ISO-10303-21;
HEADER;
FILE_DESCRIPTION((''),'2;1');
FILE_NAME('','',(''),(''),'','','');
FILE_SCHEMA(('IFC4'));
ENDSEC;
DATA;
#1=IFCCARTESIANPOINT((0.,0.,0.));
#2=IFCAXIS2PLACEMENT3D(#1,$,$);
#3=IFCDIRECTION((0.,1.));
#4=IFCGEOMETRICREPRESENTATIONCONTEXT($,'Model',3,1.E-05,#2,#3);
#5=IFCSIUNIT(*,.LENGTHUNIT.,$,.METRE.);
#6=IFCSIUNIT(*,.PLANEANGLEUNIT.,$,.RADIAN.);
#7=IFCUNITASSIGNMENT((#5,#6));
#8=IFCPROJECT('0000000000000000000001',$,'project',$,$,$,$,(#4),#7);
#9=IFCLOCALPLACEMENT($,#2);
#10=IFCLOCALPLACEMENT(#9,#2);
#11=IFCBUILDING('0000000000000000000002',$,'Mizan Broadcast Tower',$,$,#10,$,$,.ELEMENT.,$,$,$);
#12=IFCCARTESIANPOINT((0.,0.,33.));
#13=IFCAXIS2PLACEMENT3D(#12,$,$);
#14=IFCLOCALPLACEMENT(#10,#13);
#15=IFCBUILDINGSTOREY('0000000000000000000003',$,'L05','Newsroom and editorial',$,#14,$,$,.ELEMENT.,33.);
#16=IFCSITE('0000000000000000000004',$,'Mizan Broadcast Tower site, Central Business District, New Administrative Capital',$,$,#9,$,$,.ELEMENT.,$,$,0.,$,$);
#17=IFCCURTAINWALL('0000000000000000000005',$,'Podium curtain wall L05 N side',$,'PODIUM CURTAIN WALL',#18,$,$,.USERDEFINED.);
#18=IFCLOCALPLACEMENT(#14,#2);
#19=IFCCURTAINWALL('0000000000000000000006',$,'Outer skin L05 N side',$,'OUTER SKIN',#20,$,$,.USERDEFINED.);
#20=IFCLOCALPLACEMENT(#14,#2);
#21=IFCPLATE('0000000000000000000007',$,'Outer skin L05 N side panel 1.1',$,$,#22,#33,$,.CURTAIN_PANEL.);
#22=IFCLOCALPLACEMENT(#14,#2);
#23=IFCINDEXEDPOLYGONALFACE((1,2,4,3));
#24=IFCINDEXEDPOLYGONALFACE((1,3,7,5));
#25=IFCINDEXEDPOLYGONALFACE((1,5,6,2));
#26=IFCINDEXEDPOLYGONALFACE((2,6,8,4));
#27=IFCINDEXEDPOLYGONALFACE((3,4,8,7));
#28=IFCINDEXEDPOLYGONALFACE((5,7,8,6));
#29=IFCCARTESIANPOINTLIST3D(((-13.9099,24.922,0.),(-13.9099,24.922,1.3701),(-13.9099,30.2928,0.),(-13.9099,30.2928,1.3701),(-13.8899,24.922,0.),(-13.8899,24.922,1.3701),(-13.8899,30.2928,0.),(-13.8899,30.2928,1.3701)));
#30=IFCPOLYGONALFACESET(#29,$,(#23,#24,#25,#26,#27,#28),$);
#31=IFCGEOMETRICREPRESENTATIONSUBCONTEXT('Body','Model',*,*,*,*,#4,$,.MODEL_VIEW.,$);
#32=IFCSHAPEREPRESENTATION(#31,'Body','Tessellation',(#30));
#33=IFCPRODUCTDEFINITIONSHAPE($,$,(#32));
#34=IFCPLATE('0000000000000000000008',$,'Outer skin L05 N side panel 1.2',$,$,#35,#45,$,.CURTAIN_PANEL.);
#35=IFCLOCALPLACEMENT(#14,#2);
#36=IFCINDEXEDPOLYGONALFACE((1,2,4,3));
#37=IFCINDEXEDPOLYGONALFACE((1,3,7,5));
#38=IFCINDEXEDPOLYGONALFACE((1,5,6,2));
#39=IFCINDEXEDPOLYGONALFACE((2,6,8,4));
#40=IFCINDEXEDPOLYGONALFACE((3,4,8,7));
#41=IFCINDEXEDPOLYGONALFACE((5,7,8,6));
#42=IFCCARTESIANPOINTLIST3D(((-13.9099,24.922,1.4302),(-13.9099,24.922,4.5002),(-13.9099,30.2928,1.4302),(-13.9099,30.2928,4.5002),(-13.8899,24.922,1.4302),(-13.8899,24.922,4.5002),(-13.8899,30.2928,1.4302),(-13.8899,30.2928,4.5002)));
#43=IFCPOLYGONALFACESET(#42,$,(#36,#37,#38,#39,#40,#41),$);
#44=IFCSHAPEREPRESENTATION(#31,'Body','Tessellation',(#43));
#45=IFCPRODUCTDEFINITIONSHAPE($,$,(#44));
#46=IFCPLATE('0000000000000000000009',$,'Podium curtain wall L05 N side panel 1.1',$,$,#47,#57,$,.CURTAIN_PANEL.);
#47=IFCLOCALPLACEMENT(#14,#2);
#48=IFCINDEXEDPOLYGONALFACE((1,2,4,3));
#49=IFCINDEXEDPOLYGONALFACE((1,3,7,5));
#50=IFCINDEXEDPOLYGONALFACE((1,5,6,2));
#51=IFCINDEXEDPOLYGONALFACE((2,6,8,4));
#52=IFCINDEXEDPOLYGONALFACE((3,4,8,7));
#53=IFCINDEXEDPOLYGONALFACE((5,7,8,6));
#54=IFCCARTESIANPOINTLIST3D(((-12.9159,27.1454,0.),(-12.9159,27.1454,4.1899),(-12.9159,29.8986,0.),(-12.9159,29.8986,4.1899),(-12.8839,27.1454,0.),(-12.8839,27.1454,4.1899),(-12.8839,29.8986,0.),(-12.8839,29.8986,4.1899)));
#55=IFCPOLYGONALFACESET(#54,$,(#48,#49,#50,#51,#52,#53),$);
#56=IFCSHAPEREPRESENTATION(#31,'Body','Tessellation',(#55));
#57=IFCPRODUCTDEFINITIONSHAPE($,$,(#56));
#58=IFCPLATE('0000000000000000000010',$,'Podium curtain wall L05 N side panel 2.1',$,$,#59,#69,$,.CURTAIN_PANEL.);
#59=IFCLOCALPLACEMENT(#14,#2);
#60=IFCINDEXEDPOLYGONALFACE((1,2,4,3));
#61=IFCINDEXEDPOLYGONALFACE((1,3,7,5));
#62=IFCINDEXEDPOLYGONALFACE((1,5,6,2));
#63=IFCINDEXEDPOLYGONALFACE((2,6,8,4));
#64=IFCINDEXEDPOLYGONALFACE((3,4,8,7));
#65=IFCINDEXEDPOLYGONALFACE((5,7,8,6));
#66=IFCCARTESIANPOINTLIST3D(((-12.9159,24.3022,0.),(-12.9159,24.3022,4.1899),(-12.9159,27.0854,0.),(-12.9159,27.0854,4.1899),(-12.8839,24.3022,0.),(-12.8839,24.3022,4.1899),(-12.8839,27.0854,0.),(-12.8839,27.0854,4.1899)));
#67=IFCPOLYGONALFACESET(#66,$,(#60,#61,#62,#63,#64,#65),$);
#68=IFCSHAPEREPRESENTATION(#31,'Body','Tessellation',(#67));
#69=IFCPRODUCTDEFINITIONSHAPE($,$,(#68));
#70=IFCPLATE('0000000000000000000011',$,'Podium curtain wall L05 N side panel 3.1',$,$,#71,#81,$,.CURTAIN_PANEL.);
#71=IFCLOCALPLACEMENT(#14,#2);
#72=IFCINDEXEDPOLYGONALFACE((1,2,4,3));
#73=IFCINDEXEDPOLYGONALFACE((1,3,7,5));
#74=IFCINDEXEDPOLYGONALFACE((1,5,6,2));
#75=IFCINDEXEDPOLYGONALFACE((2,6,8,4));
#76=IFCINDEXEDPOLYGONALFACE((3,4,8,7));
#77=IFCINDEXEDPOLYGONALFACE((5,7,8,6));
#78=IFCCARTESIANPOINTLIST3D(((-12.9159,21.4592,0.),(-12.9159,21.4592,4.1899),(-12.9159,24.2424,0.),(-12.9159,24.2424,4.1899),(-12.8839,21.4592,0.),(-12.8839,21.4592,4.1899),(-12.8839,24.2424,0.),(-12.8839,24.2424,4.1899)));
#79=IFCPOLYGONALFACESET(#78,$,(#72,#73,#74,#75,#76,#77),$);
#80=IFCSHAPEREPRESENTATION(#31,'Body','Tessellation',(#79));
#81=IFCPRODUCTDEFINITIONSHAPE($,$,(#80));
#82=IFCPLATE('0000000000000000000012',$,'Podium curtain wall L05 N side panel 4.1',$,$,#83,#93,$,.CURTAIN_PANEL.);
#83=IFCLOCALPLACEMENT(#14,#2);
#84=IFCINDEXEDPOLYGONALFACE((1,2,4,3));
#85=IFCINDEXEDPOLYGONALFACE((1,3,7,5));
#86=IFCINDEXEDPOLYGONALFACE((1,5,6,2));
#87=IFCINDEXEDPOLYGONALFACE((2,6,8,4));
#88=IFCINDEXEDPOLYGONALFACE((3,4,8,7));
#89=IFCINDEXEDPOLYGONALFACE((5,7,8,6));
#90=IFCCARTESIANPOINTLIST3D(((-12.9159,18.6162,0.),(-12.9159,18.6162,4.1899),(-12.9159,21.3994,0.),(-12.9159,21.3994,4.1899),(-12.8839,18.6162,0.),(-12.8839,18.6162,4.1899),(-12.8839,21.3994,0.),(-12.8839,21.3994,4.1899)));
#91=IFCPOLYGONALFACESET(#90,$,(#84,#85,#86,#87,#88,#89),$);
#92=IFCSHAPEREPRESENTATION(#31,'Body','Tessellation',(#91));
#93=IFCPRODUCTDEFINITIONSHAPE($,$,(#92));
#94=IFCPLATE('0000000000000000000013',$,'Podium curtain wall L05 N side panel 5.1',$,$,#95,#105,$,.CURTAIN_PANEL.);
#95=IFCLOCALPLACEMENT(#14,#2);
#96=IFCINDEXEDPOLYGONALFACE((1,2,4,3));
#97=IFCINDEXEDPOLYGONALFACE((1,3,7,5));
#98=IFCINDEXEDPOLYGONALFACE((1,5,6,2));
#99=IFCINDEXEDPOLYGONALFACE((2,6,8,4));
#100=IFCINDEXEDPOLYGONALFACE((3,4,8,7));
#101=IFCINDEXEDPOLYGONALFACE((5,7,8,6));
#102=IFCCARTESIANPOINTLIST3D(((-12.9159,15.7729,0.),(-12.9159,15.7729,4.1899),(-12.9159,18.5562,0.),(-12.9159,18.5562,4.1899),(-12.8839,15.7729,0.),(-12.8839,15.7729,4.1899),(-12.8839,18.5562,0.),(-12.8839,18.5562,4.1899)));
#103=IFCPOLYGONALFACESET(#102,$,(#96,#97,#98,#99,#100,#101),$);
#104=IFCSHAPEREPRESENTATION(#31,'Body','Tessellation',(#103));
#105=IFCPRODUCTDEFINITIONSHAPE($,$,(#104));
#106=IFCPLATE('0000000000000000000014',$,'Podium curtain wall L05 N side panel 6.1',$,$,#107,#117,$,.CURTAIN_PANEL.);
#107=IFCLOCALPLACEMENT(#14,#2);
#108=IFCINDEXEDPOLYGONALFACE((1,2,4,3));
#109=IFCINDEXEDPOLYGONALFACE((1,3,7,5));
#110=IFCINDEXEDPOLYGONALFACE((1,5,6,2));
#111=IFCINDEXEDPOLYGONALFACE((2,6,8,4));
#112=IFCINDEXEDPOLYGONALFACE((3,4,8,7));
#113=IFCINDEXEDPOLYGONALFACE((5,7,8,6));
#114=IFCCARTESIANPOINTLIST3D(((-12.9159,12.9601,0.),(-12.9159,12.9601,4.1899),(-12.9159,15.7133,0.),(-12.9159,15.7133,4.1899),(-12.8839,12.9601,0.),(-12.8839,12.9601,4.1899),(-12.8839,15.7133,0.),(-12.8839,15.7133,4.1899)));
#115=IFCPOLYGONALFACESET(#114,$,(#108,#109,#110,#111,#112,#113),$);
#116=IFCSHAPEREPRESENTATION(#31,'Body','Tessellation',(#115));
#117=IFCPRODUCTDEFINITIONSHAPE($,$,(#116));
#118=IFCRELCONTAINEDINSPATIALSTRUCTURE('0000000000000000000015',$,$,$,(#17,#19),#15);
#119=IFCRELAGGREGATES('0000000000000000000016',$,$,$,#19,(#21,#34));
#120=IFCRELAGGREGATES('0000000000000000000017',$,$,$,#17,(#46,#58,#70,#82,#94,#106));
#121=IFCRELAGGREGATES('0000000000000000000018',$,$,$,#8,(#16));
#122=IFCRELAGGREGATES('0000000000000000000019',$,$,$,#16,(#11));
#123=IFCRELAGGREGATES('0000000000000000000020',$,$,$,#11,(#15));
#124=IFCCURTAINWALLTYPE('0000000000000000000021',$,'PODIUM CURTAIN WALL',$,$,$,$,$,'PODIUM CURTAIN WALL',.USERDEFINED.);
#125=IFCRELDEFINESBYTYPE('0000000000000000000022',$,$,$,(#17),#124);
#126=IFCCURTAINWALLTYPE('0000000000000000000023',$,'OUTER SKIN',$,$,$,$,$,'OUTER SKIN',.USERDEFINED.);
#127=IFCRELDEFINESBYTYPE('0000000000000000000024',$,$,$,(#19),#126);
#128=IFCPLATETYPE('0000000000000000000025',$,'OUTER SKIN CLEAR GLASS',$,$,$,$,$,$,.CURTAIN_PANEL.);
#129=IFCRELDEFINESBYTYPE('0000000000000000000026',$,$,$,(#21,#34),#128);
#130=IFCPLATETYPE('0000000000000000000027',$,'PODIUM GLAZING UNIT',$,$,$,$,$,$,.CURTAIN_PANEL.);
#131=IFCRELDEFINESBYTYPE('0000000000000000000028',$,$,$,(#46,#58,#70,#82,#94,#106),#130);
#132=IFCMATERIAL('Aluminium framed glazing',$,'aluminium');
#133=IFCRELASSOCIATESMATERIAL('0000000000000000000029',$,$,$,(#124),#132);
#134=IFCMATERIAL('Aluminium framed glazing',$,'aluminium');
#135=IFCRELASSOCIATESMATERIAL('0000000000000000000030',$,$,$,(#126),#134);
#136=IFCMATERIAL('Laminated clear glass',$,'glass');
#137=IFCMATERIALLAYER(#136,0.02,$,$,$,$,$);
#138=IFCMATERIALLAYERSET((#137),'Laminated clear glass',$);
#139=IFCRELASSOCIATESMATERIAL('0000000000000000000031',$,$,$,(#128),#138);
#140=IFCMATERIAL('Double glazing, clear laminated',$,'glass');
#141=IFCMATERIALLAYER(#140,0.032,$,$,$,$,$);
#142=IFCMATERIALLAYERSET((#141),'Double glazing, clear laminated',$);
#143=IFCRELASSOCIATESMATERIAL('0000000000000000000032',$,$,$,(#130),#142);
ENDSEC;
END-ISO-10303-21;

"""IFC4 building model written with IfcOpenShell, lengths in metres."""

from ifc_helpers import new_model, si_unit, direction, frame, origin, origin_2d, place, context, subcontext, project, spatial, rectangle, extrude, material, layer, layer_set, type_object, element, aggregate, save


model = new_model("IFC4")

# Units and contexts
model_context = context("Model", 3, precision=1e-05, world=origin(), true_north=direction((0.0, 1.0)))
body_context = subcontext(model_context, "Body", "Model", "MODEL_VIEW")
ifc_project = project(units=[si_unit("LENGTHUNIT", "METRE"), si_unit("PLANEANGLEUNIT", "RADIAN")], contexts=[model_context])

# Site, building, storey
site_placement = place(None, origin())
site = spatial("IfcSite", under=ifc_project, at=site_placement, Name="Mizan Broadcast Tower site, Central Business District, New Administrative Capital", CompositionType="ELEMENT", RefElevation=0.0)
building_placement = place(site_placement, origin())
building = spatial("IfcBuilding", under=site, at=building_placement, Name="Mizan Broadcast Tower", CompositionType="ELEMENT")
storey_placement = place(building_placement, frame((0.0, 0.0, 33.0)))
storey = spatial("IfcBuildingStorey", under=building, at=storey_placement, Name="L05", Description="Newsroom and editorial", CompositionType="ELEMENT", Elevation=33.0)

# Shared definitions
ifc_material_1 = material(Name="Aluminium framed glazing", Category="aluminium")
curtain_wall_type_1 = type_object("IfcCurtainWallType", Name="PODIUM CURTAIN WALL", ElementType="PODIUM CURTAIN WALL", PredefinedType="USERDEFINED", material=ifc_material_1)

# Curtain wall
curtain_wall_1_placement = place(storey_placement, origin())
curtain_wall_1 = element("IfcCurtainWall", 1, at=curtain_wall_1_placement, inside=storey, type_object=curtain_wall_type_1, Name="Podium curtain wall L05 N side", ObjectType="PODIUM CURTAIN WALL", PredefinedType="USERDEFINED")

# Shared definitions
ifc_material_2 = material(Name="Aluminium framed glazing", Category="aluminium")
curtain_wall_type_2 = type_object("IfcCurtainWallType", Name="OUTER SKIN", ElementType="OUTER SKIN", PredefinedType="USERDEFINED", material=ifc_material_2)

# Curtain wall, plates
curtain_wall_2_placement = place(storey_placement, origin())
curtain_wall_2 = element("IfcCurtainWall", 2, at=curtain_wall_2_placement, inside=storey, type_object=curtain_wall_type_2, Name="Outer skin L05 N side", ObjectType="OUTER SKIN", PredefinedType="USERDEFINED")
ifc_material_3 = material(Name="Laminated clear glass", Category="glass")
ifc_layer_1 = layer(ifc_material_3, 0.02)
ifc_layer_set_1 = layer_set([ifc_layer_1], Name="Laminated clear glass")
plate_type_1 = type_object("IfcPlateType", Name="OUTER SKIN CLEAR GLASS", PredefinedType="CURTAIN_PANEL", material=ifc_layer_set_1)
plate_1_placement = place(storey_placement, frame((-13.8999, 27.6074, 0.0), z_axis=(0.0, 0.0, 1.0), x_axis=(0.0, -1.0, 0.0)))
plate_1 = element("IfcPlate", 3, at=plate_1_placement, type_object=plate_type_1, Name="Outer skin L05 N side panel 1.1", PredefinedType="CURTAIN_PANEL", context=body_context, shape_type="SweptSolid", body=[
    extrude(rectangle(XDim=5.3708, YDim=0.02, at=origin_2d()), origin(), (0.0, 0.0, 1.0), 1.3701),
])
plate_2_placement = place(storey_placement, frame((-13.8999, 27.6074, 1.4302), z_axis=(0.0, 0.0, 1.0), x_axis=(0.0, -1.0, 0.0)))
plate_2 = element("IfcPlate", 4, at=plate_2_placement, type_object=plate_type_1, Name="Outer skin L05 N side panel 1.2", PredefinedType="CURTAIN_PANEL", context=body_context, shape_type="SweptSolid", body=[
    extrude(rectangle(XDim=5.3708, YDim=0.02, at=origin_2d()), origin(), (0.0, 0.0, 1.0), 3.0701),
])
aggregate(curtain_wall_2, [plate_1, plate_2])

# Plates
ifc_material_4 = material(Name="Double glazing, clear laminated", Category="glass")
ifc_layer_2 = layer(ifc_material_4, 0.032)
ifc_layer_set_2 = layer_set([ifc_layer_2], Name="Double glazing, clear laminated")
plate_type_2 = type_object("IfcPlateType", Name="PODIUM GLAZING UNIT", PredefinedType="CURTAIN_PANEL", material=ifc_layer_set_2)
plate_3_placement = place(storey_placement, frame((-12.8999, 28.522, 0.0), z_axis=(0.0, 0.0, 1.0), x_axis=(0.0, -1.0, 0.0)))
plate_3 = element("IfcPlate", 5, at=plate_3_placement, type_object=plate_type_2, Name="Podium curtain wall L05 N side panel 1.1", PredefinedType="CURTAIN_PANEL", context=body_context, shape_type="SweptSolid", body=[
    extrude(rectangle(XDim=2.7532, YDim=0.032, at=origin_2d()), origin(), (0.0, 0.0, 1.0), 4.1899),
])
plate_4_placement = place(storey_placement, frame((-12.8999, 25.6938, 0.0), z_axis=(0.0, 0.0, 1.0), x_axis=(0.0, -1.0, 0.0)))
plate_4 = element("IfcPlate", 6, at=plate_4_placement, type_object=plate_type_2, Name="Podium curtain wall L05 N side panel 2.1", PredefinedType="CURTAIN_PANEL", context=body_context, shape_type="SweptSolid", body=[
    extrude(rectangle(XDim=2.7832, YDim=0.032, at=origin_2d()), origin(), (0.0, 0.0, 1.0), 4.1899),
])
plate_5_placement = place(storey_placement, frame((-12.8999, 22.8508, 0.0), z_axis=(0.0, 0.0, 1.0), x_axis=(0.0, -1.0, 0.0)))
plate_5 = element("IfcPlate", 7, at=plate_5_placement, type_object=plate_type_2, Name="Podium curtain wall L05 N side panel 3.1", PredefinedType="CURTAIN_PANEL", context=body_context, shape_type="SweptSolid", body=[
    extrude(rectangle(XDim=2.7832, YDim=0.032, at=origin_2d()), origin(), (0.0, 0.0, 1.0), 4.1899),
])
plate_6_placement = place(storey_placement, frame((-12.8999, 20.0078, 0.0), z_axis=(0.0, 0.0, 1.0), x_axis=(0.0, -1.0, 0.0)))
plate_6 = element("IfcPlate", 8, at=plate_6_placement, type_object=plate_type_2, Name="Podium curtain wall L05 N side panel 4.1", PredefinedType="CURTAIN_PANEL", context=body_context, shape_type="SweptSolid", body=[
    extrude(rectangle(XDim=2.7832, YDim=0.032, at=origin_2d()), origin(), (0.0, 0.0, 1.0), 4.1899),
])
plate_7_placement = place(storey_placement, frame((-12.8999, 17.1646, 0.0), z_axis=(0.0, 0.0, 1.0), x_axis=(0.0, -1.0, 0.0)))
plate_7 = element("IfcPlate", 9, at=plate_7_placement, type_object=plate_type_2, Name="Podium curtain wall L05 N side panel 5.1", PredefinedType="CURTAIN_PANEL", context=body_context, shape_type="SweptSolid", body=[
    extrude(rectangle(XDim=2.7832, YDim=0.032, at=origin_2d()), origin(), (0.0, 0.0, 1.0), 4.1899),
])
plate_8_placement = place(storey_placement, frame((-12.8999, 14.3367, 0.0), z_axis=(0.0, 0.0, 1.0), x_axis=(0.0, -1.0, 0.0)))
plate_8 = element("IfcPlate", 10, at=plate_8_placement, type_object=plate_type_2, Name="Podium curtain wall L05 N side panel 6.1", PredefinedType="CURTAIN_PANEL", context=body_context, shape_type="SweptSolid", body=[
    extrude(rectangle(XDim=2.7532, YDim=0.032, at=origin_2d()), origin(), (0.0, 0.0, 1.0), 4.1899),
])
aggregate(curtain_wall_1, [plate_3, plate_4, plate_5, plate_6, plate_7, plate_8])

save(model, "model.ifc")
